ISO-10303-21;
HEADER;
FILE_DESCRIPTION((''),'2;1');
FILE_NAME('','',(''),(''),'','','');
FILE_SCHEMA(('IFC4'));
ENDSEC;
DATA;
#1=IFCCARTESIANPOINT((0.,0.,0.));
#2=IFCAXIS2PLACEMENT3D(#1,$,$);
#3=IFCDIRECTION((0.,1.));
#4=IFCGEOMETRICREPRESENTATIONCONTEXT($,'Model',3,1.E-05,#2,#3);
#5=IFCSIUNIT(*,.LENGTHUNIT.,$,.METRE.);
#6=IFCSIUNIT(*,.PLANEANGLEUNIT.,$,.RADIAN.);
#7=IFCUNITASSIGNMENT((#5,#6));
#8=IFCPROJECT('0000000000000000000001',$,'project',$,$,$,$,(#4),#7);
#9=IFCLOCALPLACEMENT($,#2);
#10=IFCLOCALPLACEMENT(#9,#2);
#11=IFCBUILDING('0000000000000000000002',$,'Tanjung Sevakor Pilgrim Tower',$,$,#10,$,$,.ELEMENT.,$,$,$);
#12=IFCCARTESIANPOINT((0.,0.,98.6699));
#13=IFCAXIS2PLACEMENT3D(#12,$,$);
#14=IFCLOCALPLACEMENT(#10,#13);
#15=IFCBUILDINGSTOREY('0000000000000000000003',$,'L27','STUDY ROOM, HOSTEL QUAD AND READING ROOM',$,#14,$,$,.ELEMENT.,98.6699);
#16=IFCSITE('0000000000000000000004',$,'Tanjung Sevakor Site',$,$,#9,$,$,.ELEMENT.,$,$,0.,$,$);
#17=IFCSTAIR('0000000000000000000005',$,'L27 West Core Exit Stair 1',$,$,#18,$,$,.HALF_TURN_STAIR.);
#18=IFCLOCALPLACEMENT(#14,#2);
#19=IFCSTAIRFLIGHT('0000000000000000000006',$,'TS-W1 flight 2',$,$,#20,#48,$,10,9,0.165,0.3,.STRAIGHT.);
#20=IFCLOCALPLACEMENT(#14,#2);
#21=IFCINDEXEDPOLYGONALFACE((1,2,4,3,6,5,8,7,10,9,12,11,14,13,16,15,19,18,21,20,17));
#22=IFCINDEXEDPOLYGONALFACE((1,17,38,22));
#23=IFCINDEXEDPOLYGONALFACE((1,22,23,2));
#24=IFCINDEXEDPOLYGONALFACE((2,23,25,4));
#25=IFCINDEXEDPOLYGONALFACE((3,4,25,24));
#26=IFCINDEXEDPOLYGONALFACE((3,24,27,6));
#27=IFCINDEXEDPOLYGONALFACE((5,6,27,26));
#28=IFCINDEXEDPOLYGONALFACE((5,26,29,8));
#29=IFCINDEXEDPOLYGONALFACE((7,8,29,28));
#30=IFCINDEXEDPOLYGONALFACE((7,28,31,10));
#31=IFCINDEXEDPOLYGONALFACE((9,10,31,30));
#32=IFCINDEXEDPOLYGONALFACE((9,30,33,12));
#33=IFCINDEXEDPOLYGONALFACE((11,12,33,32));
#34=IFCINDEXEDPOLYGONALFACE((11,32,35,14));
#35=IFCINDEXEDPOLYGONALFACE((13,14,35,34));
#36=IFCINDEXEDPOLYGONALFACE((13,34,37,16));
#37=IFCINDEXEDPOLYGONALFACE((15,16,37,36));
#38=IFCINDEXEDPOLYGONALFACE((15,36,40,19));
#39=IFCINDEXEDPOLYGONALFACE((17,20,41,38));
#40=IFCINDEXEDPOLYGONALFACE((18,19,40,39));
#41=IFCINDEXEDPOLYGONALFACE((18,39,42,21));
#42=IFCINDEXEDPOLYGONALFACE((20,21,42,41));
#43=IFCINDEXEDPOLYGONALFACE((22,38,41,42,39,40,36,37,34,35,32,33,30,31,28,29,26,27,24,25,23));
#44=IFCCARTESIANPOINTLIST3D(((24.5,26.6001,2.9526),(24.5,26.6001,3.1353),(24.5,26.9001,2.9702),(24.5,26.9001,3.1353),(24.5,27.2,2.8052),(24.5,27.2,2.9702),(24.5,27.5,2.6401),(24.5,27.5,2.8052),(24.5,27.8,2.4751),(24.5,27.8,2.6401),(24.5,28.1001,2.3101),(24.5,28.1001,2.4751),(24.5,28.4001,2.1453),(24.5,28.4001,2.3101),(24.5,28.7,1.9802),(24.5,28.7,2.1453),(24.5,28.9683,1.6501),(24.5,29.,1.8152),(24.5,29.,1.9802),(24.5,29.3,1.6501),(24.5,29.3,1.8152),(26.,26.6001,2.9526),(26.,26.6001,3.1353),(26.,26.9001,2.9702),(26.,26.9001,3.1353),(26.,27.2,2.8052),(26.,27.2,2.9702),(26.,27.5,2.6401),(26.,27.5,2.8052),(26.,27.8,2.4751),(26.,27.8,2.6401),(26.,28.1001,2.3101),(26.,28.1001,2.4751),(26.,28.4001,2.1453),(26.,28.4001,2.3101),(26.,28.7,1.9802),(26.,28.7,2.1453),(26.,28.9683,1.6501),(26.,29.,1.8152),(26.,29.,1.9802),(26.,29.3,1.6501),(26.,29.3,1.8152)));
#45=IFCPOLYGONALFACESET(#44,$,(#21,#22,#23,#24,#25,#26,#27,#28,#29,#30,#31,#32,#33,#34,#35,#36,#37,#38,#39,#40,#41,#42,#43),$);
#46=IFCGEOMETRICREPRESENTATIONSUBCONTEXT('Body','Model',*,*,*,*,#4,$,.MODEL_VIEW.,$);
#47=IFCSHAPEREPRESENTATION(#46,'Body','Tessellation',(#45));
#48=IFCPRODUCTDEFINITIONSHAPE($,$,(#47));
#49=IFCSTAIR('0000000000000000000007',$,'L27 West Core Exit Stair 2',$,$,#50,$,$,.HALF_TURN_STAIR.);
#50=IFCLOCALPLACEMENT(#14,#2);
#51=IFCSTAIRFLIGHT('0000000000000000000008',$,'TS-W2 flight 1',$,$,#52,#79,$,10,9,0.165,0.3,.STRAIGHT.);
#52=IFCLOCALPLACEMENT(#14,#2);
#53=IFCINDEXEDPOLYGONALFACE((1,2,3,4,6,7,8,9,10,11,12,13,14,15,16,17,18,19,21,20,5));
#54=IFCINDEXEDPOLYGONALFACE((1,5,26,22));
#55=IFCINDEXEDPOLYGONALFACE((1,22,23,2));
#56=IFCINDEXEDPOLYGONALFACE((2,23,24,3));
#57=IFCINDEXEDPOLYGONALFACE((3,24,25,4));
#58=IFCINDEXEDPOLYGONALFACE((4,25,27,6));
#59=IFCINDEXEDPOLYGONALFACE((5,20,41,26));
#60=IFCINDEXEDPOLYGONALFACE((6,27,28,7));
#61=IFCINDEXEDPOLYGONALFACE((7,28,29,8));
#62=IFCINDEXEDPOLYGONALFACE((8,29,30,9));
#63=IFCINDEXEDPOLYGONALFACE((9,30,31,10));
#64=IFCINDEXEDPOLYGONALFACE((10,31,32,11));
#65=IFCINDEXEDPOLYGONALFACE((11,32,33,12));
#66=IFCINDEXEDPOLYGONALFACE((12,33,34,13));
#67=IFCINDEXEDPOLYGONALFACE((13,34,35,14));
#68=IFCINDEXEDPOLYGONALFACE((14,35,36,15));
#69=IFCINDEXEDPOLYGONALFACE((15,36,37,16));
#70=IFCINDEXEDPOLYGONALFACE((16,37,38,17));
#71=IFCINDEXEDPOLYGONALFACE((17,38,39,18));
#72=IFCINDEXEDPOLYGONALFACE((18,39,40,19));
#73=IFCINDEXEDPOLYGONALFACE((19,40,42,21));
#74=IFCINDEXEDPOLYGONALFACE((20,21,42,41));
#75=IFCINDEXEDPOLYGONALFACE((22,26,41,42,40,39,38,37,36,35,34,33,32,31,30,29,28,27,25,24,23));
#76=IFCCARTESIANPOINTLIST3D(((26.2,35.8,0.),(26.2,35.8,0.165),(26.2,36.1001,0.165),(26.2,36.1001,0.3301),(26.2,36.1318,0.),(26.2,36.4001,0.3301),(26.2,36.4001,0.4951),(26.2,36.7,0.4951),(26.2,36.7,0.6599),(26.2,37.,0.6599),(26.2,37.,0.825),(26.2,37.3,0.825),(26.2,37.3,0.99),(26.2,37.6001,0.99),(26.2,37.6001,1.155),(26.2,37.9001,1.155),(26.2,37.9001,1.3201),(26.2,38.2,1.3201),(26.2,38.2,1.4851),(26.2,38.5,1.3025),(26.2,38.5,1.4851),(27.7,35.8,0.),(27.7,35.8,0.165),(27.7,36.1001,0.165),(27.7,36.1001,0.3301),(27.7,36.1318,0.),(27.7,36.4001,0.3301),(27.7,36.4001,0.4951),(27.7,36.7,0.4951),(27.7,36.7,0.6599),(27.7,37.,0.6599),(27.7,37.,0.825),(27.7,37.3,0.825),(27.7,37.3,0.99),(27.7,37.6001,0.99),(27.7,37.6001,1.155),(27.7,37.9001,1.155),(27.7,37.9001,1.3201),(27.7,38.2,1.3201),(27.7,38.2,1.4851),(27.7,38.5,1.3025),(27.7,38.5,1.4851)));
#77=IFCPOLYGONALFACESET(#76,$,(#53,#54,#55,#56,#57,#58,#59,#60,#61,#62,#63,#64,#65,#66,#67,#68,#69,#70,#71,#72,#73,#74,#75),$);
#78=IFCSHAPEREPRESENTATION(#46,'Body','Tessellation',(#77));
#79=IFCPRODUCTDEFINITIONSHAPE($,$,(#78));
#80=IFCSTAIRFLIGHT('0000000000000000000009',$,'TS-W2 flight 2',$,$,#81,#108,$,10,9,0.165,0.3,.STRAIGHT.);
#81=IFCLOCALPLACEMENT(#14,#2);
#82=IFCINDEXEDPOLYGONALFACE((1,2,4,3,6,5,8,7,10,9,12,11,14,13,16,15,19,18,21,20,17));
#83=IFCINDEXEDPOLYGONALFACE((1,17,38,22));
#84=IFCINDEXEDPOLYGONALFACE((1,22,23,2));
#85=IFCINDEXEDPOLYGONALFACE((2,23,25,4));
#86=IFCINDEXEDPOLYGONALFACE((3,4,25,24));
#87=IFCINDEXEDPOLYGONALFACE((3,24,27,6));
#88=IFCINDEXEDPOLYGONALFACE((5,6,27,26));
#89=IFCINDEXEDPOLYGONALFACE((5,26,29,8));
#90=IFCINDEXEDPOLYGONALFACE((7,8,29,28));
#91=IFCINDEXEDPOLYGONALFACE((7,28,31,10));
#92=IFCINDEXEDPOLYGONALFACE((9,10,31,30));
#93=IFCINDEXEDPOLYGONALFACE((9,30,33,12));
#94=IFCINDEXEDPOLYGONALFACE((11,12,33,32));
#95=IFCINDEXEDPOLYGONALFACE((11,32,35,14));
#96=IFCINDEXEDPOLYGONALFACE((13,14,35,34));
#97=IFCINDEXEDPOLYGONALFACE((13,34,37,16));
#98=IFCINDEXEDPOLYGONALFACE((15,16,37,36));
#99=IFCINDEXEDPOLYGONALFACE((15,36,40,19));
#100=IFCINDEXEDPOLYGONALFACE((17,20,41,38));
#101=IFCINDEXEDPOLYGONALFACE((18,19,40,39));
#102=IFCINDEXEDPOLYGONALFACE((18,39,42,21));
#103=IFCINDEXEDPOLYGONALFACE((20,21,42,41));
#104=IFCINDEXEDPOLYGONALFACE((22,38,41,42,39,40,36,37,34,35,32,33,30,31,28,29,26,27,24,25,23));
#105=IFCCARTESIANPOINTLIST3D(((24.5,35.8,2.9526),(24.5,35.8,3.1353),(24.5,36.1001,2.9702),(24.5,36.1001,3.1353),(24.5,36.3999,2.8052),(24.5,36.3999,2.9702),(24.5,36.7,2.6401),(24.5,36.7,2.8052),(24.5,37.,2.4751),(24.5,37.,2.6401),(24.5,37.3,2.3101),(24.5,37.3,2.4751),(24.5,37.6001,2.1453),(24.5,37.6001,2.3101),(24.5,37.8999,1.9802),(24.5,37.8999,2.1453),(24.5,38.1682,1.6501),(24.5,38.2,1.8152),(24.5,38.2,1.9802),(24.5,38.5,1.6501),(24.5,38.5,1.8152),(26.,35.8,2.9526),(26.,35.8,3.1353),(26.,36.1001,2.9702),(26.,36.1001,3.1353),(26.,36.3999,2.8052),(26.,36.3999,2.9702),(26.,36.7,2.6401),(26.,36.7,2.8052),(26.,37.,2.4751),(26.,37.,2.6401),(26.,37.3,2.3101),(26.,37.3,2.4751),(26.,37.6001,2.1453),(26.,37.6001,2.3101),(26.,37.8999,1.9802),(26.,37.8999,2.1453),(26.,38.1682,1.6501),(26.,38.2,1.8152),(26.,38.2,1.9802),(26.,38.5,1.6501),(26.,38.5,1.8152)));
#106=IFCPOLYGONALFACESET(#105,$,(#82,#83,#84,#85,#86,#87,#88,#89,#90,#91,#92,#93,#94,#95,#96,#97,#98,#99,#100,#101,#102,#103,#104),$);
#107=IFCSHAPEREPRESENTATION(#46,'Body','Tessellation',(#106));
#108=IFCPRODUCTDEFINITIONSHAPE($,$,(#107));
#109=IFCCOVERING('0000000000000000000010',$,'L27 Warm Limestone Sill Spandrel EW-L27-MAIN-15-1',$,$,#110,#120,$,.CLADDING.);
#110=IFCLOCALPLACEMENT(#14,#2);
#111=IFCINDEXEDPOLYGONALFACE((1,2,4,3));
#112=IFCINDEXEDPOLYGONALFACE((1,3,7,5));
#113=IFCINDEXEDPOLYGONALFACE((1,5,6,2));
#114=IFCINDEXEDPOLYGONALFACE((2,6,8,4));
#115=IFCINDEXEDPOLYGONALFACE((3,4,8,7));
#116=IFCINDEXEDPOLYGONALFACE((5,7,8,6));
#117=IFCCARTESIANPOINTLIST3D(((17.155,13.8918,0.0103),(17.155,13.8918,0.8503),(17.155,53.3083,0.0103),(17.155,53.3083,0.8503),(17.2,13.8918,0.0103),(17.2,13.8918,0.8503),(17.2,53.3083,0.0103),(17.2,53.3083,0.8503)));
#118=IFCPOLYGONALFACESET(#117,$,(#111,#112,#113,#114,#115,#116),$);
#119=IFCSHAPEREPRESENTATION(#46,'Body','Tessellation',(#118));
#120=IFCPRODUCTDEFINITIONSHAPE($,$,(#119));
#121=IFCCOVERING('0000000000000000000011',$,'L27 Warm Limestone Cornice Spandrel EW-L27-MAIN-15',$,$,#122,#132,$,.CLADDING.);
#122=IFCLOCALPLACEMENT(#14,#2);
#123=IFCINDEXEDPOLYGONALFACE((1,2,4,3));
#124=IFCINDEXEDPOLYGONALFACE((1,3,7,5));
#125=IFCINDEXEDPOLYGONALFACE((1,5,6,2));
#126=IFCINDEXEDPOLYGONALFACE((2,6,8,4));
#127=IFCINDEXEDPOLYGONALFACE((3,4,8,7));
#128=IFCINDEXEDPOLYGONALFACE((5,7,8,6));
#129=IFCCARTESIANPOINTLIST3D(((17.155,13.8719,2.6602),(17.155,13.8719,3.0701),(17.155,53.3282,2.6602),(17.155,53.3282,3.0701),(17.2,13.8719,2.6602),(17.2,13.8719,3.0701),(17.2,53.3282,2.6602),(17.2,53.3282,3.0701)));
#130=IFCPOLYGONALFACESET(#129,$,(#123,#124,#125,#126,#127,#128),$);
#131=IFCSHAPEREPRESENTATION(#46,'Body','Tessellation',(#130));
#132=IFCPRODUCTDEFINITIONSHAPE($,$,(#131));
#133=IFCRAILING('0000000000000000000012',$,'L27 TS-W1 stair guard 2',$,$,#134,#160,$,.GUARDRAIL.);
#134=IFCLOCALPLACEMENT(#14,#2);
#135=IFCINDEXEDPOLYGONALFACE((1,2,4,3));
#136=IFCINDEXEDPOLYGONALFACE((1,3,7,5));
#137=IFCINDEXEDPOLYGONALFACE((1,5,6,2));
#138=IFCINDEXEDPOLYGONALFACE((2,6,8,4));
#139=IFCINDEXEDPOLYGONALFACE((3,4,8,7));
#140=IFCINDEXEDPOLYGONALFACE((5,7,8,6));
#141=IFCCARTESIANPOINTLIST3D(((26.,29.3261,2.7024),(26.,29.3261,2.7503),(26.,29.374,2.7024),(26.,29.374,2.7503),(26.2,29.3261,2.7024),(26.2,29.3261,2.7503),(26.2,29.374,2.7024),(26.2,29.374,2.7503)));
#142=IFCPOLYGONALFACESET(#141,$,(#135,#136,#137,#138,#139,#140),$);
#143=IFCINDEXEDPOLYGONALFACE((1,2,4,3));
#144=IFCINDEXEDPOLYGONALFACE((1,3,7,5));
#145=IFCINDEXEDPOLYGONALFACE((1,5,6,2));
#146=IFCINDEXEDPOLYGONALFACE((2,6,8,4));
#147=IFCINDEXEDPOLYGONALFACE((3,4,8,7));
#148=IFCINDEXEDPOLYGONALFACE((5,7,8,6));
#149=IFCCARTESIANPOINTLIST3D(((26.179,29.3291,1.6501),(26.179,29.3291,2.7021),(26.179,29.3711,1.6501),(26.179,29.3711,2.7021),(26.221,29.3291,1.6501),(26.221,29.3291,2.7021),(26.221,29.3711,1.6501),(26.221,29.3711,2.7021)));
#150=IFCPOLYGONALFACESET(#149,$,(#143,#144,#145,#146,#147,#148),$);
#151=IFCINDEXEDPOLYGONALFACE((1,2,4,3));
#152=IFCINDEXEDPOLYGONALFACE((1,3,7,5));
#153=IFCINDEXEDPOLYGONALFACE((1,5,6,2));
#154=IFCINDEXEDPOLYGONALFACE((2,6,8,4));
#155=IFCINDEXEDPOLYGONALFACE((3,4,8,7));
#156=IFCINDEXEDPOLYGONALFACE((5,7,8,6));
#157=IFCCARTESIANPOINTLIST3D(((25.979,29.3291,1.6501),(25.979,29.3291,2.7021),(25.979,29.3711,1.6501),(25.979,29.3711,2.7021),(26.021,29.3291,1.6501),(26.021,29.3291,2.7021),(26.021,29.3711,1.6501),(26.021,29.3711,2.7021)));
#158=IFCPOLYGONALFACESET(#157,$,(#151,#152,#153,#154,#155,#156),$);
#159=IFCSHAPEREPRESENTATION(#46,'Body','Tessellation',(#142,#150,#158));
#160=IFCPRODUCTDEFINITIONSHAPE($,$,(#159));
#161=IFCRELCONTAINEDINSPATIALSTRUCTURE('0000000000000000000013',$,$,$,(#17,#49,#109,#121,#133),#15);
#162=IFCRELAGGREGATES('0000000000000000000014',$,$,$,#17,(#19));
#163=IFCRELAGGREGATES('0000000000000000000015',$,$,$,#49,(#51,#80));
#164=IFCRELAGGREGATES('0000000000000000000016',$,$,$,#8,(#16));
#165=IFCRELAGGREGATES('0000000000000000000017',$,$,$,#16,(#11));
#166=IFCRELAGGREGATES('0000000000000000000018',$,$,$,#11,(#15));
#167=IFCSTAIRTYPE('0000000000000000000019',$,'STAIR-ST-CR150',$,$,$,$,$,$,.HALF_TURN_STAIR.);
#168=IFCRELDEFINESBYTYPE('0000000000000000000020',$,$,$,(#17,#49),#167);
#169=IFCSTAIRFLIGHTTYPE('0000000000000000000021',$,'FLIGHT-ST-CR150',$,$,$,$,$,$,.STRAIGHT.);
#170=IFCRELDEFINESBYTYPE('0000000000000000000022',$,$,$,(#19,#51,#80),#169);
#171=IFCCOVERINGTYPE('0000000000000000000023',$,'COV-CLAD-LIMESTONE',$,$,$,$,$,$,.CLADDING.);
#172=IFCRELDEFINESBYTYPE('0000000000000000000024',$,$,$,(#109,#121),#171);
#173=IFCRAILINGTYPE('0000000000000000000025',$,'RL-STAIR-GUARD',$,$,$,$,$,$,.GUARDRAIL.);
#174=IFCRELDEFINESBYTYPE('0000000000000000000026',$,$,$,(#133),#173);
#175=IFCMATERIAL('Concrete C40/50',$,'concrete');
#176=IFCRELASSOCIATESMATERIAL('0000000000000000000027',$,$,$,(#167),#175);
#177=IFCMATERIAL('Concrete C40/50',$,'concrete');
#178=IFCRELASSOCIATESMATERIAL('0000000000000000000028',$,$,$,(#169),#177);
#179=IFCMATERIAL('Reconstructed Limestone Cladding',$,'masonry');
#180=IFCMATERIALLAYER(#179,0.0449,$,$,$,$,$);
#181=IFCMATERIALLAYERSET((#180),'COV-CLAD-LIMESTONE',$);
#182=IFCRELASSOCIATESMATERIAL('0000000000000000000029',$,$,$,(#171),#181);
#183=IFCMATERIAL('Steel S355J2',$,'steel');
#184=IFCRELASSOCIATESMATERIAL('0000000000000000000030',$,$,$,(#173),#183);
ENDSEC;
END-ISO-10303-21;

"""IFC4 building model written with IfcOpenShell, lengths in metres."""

from ifc_helpers import new_model, si_unit, direction, frame, origin, origin_2d, place, context, subcontext, project, spatial, polyline, rectangle, outline, extrude, material, layer, layer_set, type_object, element, aggregate, save


model = new_model("IFC4")

# Units and contexts
model_context = context("Model", 3, precision=1e-05, world=origin(), true_north=direction((0.0, 1.0)))
body_context = subcontext(model_context, "Body", "Model", "MODEL_VIEW")
ifc_project = project(units=[si_unit("LENGTHUNIT", "METRE"), si_unit("PLANEANGLEUNIT", "RADIAN")], contexts=[model_context])

# Site, building, storey
site_placement = place(None, origin())
site = spatial("IfcSite", under=ifc_project, at=site_placement, Name="Tanjung Sevakor Site", CompositionType="ELEMENT", RefElevation=0.0)
building_placement = place(site_placement, origin())
building = spatial("IfcBuilding", under=site, at=building_placement, Name="Tanjung Sevakor Pilgrim Tower", CompositionType="ELEMENT")
storey_placement = place(building_placement, frame((0.0, 0.0, 98.6699)))
storey = spatial("IfcBuildingStorey", under=building, at=storey_placement, Name="L27", Description="STUDY ROOM, HOSTEL QUAD AND READING ROOM", CompositionType="ELEMENT", Elevation=98.6699)

# Stair, stair flight
ifc_material_1 = material(Name="Concrete C40/50", Category="concrete")
stair_type = type_object("IfcStairType", Name="STAIR-ST-CR150", PredefinedType="HALF_TURN_STAIR", material=ifc_material_1)
stair_1_placement = place(storey_placement, origin())
stair_1 = element("IfcStair", 1, at=stair_1_placement, inside=storey, type_object=stair_type, Name="L27 West Core Exit Stair 1", PredefinedType="HALF_TURN_STAIR")
ifc_material_2 = material(Name="Concrete C40/50", Category="concrete")
stair_flight_type = type_object("IfcStairFlightType", Name="FLIGHT-ST-CR150", PredefinedType="STRAIGHT", material=ifc_material_2)
stair_flight_1_placement = place(storey_placement, frame((25.25, 29.3, 1.6501), z_axis=(0.0, 0.0, 1.0), x_axis=(0.0, -1.0, 0.0)))
stair_flight_1 = element("IfcStairFlight", 2, at=stair_flight_1_placement, type_object=stair_flight_type, Name="TS-W1 flight 2", NumberOfRisers=10, NumberOfTreads=9, PredefinedType="STRAIGHT", RiserHeight=0.165, TreadLength=0.3, context=body_context, shape_type="SweptSolid", body=[
    extrude(outline(polyline([(0.0, 0.0), (0.0, 0.165), (0.3, 0.165), (0.3, 0.3301), (0.6001, 0.3301), (0.6001, 0.4951), (0.8999, 0.4951), (0.8999, 0.6599), (1.2, 0.6599), (1.2, 0.825), (1.5, 0.825), (1.5, 0.99), (1.8, 0.99), (1.8, 1.155), (2.1001, 1.155), (2.1001, 1.3201), (2.3999, 1.3201), (2.3999, 1.4851), (2.7, 1.4851), (2.7, 1.6499), (2.7, 1.3025), (0.3318, 0.0), (0.0, 0.0)])), frame((0.0, 0.75, 0.0), z_axis=(0.0, -1.0, 0.0), x_axis=(1.0, 0.0, 0.0)), (0.0, 0.0, 1.0), 1.5),
])
aggregate(stair_1, [stair_flight_1])

# Stair, stair flights
stair_2_placement = place(storey_placement, origin())
stair_2 = element("IfcStair", 3, at=stair_2_placement, inside=storey, type_object=stair_type, Name="L27 West Core Exit Stair 2", PredefinedType="HALF_TURN_STAIR")
stair_flight_2_placement = place(storey_placement, frame((26.95, 35.8, 0.0), z_axis=(0.0, 0.0, 1.0), x_axis=(0.0, 1.0, 0.0)))
stair_flight_2 = element("IfcStairFlight", 4, at=stair_flight_2_placement, type_object=stair_flight_type, Name="TS-W2 flight 1", NumberOfRisers=10, NumberOfTreads=9, PredefinedType="STRAIGHT", RiserHeight=0.165, TreadLength=0.3, context=body_context, shape_type="SweptSolid", body=[
    extrude(outline(polyline([(0.0, 0.0), (0.0, 0.165), (0.3, 0.165), (0.3, 0.3301), (0.6001, 0.3301), (0.6001, 0.4951), (0.8999, 0.4951), (0.8999, 0.6599), (1.2, 0.6599), (1.2, 0.825), (1.5, 0.825), (1.5, 0.99), (1.8, 0.99), (1.8, 1.155), (2.1001, 1.155), (2.1001, 1.3201), (2.3999, 1.3201), (2.3999, 1.4851), (2.7, 1.4851), (2.7, 1.6499), (2.7, 1.3025), (0.3318, 0.0), (0.0, 0.0)])), frame((0.0, 0.75, 0.0), z_axis=(0.0, -1.0, 0.0), x_axis=(1.0, 0.0, 0.0)), (0.0, 0.0, 1.0), 1.5),
])
stair_flight_3_placement = place(storey_placement, frame((25.25, 38.5, 1.6501), z_axis=(0.0, 0.0, 1.0), x_axis=(0.0, -1.0, 0.0)))
stair_flight_3 = element("IfcStairFlight", 5, at=stair_flight_3_placement, type_object=stair_flight_type, Name="TS-W2 flight 2", NumberOfRisers=10, NumberOfTreads=9, PredefinedType="STRAIGHT", RiserHeight=0.165, TreadLength=0.3, context=body_context, shape_type="SweptSolid", body=[
    extrude(outline(polyline([(0.0, 0.0), (0.0, 0.165), (0.3, 0.165), (0.3, 0.3301), (0.6001, 0.3301), (0.6001, 0.4951), (0.8999, 0.4951), (0.8999, 0.6599), (1.2, 0.6599), (1.2, 0.825), (1.5, 0.825), (1.5, 0.99), (1.8, 0.99), (1.8, 1.155), (2.1001, 1.155), (2.1001, 1.3201), (2.3999, 1.3201), (2.3999, 1.4851), (2.7, 1.4851), (2.7, 1.6499), (2.7, 1.3025), (0.3318, 0.0), (0.0, 0.0)])), frame((0.0, 0.75, 0.0), z_axis=(0.0, -1.0, 0.0), x_axis=(1.0, 0.0, 0.0)), (0.0, 0.0, 1.0), 1.5),
])
aggregate(stair_2, [stair_flight_2, stair_flight_3])

# Coverings
ifc_material_3 = material(Name="Reconstructed Limestone Cladding", Category="masonry")
ifc_layer_1 = layer(ifc_material_3, 0.0449)
ifc_layer_set_1 = layer_set([ifc_layer_1], Name="COV-CLAD-LIMESTONE")
covering_type = type_object("IfcCoveringType", Name="COV-CLAD-LIMESTONE", PredefinedType="CLADDING", material=ifc_layer_set_1)
covering_1_placement = place(storey_placement, frame((17.1775, 33.6001, 0.0103), z_axis=(0.0, 0.0, 1.0), x_axis=(0.0, -1.0, 0.0)))
element("IfcCovering", 6, at=covering_1_placement, inside=storey, type_object=covering_type, Name="L27 Warm Limestone Sill Spandrel EW-L27-MAIN-15-1", PredefinedType="CLADDING", context=body_context, shape_type="SweptSolid", body=[
    extrude(rectangle(XDim=39.4165, YDim=0.0449, at=origin_2d()), origin(), (0.0, 0.0, 1.0), 0.8401),
])
covering_2_placement = place(storey_placement, frame((17.1775, 33.6001, 2.6602), z_axis=(0.0, 0.0, 1.0), x_axis=(0.0, -1.0, 0.0)))
element("IfcCovering", 7, at=covering_2_placement, inside=storey, type_object=covering_type, Name="L27 Warm Limestone Cornice Spandrel EW-L27-MAIN-15", PredefinedType="CLADDING", context=body_context, shape_type="SweptSolid", body=[
    extrude(rectangle(XDim=39.4563, YDim=0.0449, at=origin_2d()), origin(), (0.0, 0.0, 1.0), 0.4099),
])

# Railing
ifc_material_4 = material(Name="Steel S355J2", Category="steel")
railing_type_1 = type_object("IfcRailingType", Name="RL-STAIR-GUARD", PredefinedType="GUARDRAIL", material=ifc_material_4)
railing_1_placement = place(storey_placement, frame((26.2, 29.3501, 1.6501)))
element("IfcRailing", 8, at=railing_1_placement, inside=storey, type_object=railing_type_1, Name="L27 TS-W1 stair guard 2", PredefinedType="GUARDRAIL", context=body_context, shape_type="SweptSolid", body=[
    extrude(rectangle(XDim=0.0479, YDim=0.0479), frame((0.0, 0.0, 1.0762), z_axis=(-1.0, 0.0, 0.0), x_axis=(0.0, -1.0, 0.0)), (0.0, 0.0, 1.0), 0.2),
    extrude(rectangle(XDim=0.042, YDim=0.042), origin(), (0.0, 0.0, 1.0), 1.052),
    extrude(rectangle(XDim=0.042, YDim=0.042), frame((-0.2, 0.0, 0.0)), (0.0, 0.0, 1.0), 1.052),
])

save(model, "model.ifc")
